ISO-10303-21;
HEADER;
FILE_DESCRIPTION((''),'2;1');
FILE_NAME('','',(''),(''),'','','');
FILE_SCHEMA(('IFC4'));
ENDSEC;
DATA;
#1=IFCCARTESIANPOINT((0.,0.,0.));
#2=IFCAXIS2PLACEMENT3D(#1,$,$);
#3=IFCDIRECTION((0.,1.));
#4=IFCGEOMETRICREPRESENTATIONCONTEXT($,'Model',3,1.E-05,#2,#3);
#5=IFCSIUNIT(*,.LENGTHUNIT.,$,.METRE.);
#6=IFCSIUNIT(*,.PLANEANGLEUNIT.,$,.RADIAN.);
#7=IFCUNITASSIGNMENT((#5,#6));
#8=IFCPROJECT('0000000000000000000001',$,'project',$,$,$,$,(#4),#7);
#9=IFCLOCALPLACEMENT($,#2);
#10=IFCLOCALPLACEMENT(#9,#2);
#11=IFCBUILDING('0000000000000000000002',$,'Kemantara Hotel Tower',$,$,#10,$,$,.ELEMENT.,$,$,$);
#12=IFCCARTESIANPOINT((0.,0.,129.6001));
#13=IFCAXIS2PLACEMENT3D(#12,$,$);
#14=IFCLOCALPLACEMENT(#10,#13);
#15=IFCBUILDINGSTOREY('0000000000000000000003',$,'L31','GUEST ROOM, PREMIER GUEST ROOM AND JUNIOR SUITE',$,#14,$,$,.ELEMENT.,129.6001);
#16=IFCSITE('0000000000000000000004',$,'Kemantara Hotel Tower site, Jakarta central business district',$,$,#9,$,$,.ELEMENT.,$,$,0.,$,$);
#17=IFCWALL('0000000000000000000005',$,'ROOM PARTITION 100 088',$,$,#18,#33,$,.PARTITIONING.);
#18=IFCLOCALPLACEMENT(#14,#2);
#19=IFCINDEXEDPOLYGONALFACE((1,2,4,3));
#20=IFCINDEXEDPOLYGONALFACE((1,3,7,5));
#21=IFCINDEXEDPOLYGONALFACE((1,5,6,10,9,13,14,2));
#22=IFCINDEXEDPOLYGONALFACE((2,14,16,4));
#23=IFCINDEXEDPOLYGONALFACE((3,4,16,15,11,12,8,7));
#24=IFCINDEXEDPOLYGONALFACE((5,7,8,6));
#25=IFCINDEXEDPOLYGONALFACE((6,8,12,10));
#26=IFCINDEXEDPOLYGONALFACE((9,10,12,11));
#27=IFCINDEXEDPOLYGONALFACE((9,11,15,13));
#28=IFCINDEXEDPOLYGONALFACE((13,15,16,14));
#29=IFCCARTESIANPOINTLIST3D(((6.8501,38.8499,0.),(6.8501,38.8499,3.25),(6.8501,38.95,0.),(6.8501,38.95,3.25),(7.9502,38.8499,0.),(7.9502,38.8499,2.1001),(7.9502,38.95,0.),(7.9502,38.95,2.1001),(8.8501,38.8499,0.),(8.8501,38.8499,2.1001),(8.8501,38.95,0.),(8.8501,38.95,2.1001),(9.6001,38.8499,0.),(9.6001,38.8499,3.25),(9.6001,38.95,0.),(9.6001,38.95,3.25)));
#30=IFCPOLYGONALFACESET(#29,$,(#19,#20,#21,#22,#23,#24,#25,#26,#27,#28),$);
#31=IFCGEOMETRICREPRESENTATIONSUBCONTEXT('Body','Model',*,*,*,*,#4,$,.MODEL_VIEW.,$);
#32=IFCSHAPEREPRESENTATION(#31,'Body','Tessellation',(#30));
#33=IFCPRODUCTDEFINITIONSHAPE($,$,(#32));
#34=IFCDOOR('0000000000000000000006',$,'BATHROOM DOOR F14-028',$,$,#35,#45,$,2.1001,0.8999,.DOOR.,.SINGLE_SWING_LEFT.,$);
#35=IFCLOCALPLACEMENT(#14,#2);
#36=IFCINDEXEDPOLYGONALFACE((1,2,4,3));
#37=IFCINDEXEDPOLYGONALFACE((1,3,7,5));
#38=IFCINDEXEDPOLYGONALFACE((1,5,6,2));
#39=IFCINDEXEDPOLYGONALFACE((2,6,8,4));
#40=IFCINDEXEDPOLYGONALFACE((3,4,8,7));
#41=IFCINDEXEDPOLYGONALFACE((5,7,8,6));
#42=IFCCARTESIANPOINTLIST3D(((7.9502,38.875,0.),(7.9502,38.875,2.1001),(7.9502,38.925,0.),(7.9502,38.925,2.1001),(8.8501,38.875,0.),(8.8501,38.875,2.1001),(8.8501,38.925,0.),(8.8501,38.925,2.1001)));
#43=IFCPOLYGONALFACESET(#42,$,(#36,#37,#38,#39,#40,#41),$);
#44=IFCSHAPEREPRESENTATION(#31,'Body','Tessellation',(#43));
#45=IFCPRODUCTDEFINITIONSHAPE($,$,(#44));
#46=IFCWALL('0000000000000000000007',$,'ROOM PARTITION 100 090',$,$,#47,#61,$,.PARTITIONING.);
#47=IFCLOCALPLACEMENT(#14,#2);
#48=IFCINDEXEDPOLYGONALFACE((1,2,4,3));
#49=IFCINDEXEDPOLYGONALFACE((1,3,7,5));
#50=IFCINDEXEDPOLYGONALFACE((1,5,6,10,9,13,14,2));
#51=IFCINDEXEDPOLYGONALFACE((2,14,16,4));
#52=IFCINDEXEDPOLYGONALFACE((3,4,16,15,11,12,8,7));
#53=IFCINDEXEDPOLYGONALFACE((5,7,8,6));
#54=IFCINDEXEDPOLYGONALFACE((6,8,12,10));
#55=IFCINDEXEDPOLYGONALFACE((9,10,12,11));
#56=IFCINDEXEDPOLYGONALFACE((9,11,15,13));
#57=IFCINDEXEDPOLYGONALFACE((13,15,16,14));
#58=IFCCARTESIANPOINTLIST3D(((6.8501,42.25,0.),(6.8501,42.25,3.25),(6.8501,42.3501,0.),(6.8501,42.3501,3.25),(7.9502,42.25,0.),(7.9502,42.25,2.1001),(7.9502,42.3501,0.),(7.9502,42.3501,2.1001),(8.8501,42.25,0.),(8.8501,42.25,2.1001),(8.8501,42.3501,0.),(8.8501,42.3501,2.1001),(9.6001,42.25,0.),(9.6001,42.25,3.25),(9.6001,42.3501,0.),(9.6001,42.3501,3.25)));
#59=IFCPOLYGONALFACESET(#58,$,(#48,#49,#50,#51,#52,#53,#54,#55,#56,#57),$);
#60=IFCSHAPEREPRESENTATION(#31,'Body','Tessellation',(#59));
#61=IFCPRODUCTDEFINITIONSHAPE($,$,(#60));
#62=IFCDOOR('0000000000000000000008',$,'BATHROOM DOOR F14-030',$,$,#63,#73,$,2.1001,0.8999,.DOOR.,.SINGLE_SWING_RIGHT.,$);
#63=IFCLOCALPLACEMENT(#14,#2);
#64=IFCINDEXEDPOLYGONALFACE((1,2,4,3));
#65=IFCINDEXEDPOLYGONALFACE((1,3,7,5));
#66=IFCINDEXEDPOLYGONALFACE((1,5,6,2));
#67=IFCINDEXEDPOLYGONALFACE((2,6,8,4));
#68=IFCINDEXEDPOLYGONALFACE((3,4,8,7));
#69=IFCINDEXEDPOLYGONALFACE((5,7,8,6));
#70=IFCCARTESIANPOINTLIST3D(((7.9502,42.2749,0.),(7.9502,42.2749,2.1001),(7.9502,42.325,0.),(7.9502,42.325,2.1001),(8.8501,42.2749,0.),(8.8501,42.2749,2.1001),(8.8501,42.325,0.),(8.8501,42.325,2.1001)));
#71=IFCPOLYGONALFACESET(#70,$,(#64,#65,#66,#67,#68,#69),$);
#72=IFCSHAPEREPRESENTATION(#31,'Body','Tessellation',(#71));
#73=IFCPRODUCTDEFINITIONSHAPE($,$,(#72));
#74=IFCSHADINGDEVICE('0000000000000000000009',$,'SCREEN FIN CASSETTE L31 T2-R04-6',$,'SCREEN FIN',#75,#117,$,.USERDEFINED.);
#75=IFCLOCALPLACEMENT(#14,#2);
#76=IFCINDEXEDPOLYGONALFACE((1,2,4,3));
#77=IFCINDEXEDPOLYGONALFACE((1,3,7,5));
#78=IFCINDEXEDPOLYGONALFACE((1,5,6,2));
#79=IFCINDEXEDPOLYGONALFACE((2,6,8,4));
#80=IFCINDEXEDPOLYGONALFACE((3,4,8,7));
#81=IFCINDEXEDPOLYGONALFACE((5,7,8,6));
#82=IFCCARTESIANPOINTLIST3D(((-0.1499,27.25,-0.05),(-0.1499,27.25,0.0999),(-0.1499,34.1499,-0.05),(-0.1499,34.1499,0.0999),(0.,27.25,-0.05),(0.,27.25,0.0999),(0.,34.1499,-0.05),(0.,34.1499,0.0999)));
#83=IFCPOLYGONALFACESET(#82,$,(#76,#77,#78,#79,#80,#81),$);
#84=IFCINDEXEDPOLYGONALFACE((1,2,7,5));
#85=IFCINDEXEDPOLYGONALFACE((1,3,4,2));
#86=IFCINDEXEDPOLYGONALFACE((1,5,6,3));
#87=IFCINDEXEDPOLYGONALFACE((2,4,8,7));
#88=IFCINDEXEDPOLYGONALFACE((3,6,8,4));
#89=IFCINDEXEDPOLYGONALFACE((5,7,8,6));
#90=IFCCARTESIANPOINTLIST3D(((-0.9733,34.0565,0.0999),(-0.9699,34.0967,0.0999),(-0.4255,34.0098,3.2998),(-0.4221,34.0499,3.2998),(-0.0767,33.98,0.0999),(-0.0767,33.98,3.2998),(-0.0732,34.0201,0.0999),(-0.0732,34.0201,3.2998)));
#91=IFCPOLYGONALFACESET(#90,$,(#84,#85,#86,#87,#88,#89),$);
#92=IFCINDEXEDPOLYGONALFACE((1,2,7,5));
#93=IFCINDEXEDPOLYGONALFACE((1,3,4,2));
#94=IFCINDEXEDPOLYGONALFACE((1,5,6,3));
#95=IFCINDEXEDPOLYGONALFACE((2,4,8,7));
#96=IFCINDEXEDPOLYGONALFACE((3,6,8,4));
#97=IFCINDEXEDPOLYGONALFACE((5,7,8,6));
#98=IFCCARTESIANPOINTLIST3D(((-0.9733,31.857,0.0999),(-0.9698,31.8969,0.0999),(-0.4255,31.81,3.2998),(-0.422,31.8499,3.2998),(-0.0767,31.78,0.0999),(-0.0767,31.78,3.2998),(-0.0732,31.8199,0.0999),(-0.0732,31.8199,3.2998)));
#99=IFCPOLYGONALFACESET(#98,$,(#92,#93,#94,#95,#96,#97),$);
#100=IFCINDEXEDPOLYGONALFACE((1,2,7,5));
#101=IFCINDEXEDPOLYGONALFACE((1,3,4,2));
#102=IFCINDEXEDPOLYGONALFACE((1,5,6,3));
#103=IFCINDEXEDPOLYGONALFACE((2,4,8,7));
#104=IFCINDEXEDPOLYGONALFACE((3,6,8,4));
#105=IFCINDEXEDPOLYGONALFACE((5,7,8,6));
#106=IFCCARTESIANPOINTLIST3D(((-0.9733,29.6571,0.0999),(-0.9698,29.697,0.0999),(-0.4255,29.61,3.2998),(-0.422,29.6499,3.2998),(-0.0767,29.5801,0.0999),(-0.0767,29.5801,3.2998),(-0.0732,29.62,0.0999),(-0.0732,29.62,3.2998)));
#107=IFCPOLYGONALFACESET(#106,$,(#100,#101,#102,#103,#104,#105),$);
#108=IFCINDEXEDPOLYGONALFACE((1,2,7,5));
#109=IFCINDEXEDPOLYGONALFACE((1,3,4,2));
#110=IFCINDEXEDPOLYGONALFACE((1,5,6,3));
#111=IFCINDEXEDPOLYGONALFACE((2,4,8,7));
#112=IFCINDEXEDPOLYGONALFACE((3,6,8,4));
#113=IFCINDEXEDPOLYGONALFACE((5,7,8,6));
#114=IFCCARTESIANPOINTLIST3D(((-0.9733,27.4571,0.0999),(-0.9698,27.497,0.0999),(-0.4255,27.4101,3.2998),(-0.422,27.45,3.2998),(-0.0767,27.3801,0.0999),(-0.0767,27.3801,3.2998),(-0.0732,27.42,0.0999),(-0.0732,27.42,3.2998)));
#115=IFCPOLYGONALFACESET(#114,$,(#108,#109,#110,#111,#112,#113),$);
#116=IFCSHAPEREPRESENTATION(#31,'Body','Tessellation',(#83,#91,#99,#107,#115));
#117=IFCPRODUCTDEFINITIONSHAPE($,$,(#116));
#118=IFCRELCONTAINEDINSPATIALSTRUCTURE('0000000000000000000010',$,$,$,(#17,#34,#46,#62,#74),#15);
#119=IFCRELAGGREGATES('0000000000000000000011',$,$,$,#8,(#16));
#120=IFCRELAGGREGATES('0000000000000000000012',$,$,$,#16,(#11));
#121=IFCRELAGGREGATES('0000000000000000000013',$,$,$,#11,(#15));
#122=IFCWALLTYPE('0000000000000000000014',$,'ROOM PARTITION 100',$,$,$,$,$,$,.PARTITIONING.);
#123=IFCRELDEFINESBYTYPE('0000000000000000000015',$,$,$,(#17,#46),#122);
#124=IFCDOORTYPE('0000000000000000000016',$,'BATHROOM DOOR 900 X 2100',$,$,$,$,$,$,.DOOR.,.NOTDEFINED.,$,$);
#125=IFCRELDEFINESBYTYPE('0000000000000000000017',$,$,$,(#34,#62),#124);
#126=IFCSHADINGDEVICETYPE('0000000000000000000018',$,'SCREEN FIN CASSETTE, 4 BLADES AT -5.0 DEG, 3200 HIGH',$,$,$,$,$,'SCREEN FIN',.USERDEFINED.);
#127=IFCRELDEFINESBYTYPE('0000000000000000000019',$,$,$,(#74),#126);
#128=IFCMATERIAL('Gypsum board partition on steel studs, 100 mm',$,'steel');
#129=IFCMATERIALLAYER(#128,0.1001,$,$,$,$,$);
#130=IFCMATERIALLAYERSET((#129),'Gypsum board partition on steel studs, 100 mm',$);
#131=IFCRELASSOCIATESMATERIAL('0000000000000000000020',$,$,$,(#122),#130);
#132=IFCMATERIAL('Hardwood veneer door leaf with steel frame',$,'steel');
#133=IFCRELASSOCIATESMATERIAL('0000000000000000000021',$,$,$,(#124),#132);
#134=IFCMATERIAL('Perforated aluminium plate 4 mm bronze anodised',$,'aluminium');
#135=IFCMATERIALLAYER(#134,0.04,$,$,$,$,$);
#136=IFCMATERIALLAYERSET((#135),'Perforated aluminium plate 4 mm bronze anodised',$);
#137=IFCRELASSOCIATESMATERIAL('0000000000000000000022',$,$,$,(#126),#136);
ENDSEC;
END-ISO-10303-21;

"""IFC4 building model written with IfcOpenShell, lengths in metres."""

from ifc_helpers import new_model, si_unit, direction, frame, frame_2d, origin, origin_2d, place, context, subcontext, project, spatial, polyline, rectangle, outline, extrude, source, transform, mapped, material, layer, layer_set, type_object, element, fill, save


model = new_model("IFC4")

# Units and contexts
model_context = context("Model", 3, precision=1e-05, world=origin(), true_north=direction((0.0, 1.0)))
body_context = subcontext(model_context, "Body", "Model", "MODEL_VIEW")
ifc_project = project(units=[si_unit("LENGTHUNIT", "METRE"), si_unit("PLANEANGLEUNIT", "RADIAN")], contexts=[model_context])

# Site, building, storey
site_placement = place(None, origin())
site = spatial("IfcSite", under=ifc_project, at=site_placement, Name="Kemantara Hotel Tower site, Jakarta central business district", CompositionType="ELEMENT", RefElevation=0.0)
building_placement = place(site_placement, origin())
building = spatial("IfcBuilding", under=site, at=building_placement, Name="Kemantara Hotel Tower", CompositionType="ELEMENT")
storey_placement = place(building_placement, frame((0.0, 0.0, 129.6001)))
storey = spatial("IfcBuildingStorey", under=building, at=storey_placement, Name="L31", Description="GUEST ROOM, PREMIER GUEST ROOM AND JUNIOR SUITE", CompositionType="ELEMENT", Elevation=129.6001)

# Shared definitions
ifc_material_1 = material(Name="Hardwood veneer door leaf with steel frame", Category="steel")

# Shared definitions
ifc_material_2 = material(Name="Gypsum board partition on steel studs, 100 mm", Category="steel")
ifc_layer_1 = layer(ifc_material_2, 0.1001)
ifc_layer_set_1 = layer_set([ifc_layer_1], Name="Gypsum board partition on steel studs, 100 mm")
wall_type_1 = type_object("IfcWallType", Name="ROOM PARTITION 100", PredefinedType="PARTITIONING", material=ifc_layer_set_1)

# Walls, openings, doors
wall_1_placement = place(storey_placement, frame((9.6001, 38.8999, 0.0), z_axis=(0.0, 0.0, 1.0), x_axis=(-1.0, 0.0, 0.0)))
wall_1 = element("IfcWall", 1, at=wall_1_placement, inside=storey, type_object=wall_type_1, Name="ROOM PARTITION 100 088", PredefinedType="PARTITIONING", context=body_context, shape_type="SweptSolid", body=[
    extrude(rectangle(XDim=2.75, YDim=0.1001, at=frame_2d((1.375, 0.0))), origin(), (0.0, 0.0, 1.0), 3.25),
])
opening_1_placement = place(wall_1_placement, frame((0.75, 0.0, 0.0)))
opening_1 = element("IfcOpeningElement", 2, at=opening_1_placement, cuts=wall_1, PredefinedType="OPENING", context=body_context, shape_type="SweptSolid", body=[
    extrude(rectangle(XDim=0.8999, YDim=2.1001, at=frame_2d((0.45, 1.05))), frame((0.0, 0.0601, 0.0), z_axis=(0.0, -1.0, 0.0), x_axis=(1.0, 0.0, 0.0)), (0.0, 0.0, 1.0), 0.1201),
])
door_type_1 = type_object("IfcDoorType", Name="BATHROOM DOOR 900 X 2100", OperationType="NOTDEFINED", PredefinedType="DOOR", material=ifc_material_1)
door_1_placement = place(opening_1_placement, origin())
door_1 = element("IfcDoor", 3, at=door_1_placement, inside=storey, type_object=door_type_1, Name="BATHROOM DOOR F14-028", OperationType="SINGLE_SWING_LEFT", OverallHeight=2.1001, OverallWidth=0.8999, PredefinedType="DOOR", context=body_context, shape_type="SweptSolid", body=[
    extrude(rectangle(XDim=0.8999, YDim=2.1001, at=frame_2d((0.45, 1.05))), frame((0.0, 0.0249, 0.0), z_axis=(0.0, -1.0, 0.0), x_axis=(1.0, 0.0, 0.0)), (0.0, 0.0, 1.0), 0.05),
])
fill(opening_1, door_1)
wall_2_placement = place(storey_placement, frame((6.8501, 42.3, 0.0), z_axis=(0.0, 0.0, 1.0), x_axis=(1.0, 0.0, 0.0)))
wall_2 = element("IfcWall", 4, at=wall_2_placement, inside=storey, type_object=wall_type_1, Name="ROOM PARTITION 100 090", PredefinedType="PARTITIONING", context=body_context, shape_type="SweptSolid", body=[
    extrude(rectangle(XDim=2.75, YDim=0.1001, at=frame_2d((1.375, 0.0))), origin(), (0.0, 0.0, 1.0), 3.25),
])
opening_2_placement = place(wall_2_placement, frame((1.1001, 0.0, 0.0)))
opening_2 = element("IfcOpeningElement", 5, at=opening_2_placement, cuts=wall_2, PredefinedType="OPENING", context=body_context, shape_type="SweptSolid", body=[
    extrude(rectangle(XDim=0.8999, YDim=2.1001, at=frame_2d((0.45, 1.05))), frame((0.0, 0.0601, 0.0), z_axis=(0.0, -1.0, 0.0), x_axis=(1.0, 0.0, 0.0)), (0.0, 0.0, 1.0), 0.1201),
])
door_2_placement = place(opening_2_placement, origin())
door_2 = element("IfcDoor", 6, at=door_2_placement, inside=storey, type_object=door_type_1, Name="BATHROOM DOOR F14-030", OperationType="SINGLE_SWING_RIGHT", OverallHeight=2.1001, OverallWidth=0.8999, PredefinedType="DOOR", context=body_context, shape_type="SweptSolid", body=[
    extrude(rectangle(XDim=0.8999, YDim=2.1001, at=frame_2d((0.45, 1.05))), frame((0.0, 0.0249, 0.0), z_axis=(0.0, -1.0, 0.0), x_axis=(1.0, 0.0, 0.0)), (0.0, 0.0, 1.0), 0.05),
])
fill(opening_2, door_2)

# Shading device
ifc_material_3 = material(Name="Perforated aluminium plate 4 mm bronze anodised", Category="aluminium")
ifc_layer_2 = layer(ifc_material_3, 0.04)
ifc_layer_set_2 = layer_set([ifc_layer_2], Name="Perforated aluminium plate 4 mm bronze anodised")
shading_device_type = type_object("IfcShadingDeviceType", Name="SCREEN FIN CASSETTE, 4 BLADES AT -5.0 DEG, 3200 HIGH", ElementType="SCREEN FIN", PredefinedType="USERDEFINED", material=ifc_layer_set_2)
shared_shape = source(origin(), body_context, "Body", "SweptSolid", [
    extrude(rectangle(XDim=6.8999, YDim=0.1499, at=origin_2d()), frame((3.3, -0.075, -0.1499), z_axis=(0.0, 0.0, 1.0), x_axis=(1.0, 0.0, 0.0)), (0.0, 0.0, 1.0), 0.1499),
    extrude(outline(polyline([(0.0, 0.0), (0.8999, 0.0), (0.3501, 3.2), (0.0, 3.2), (0.0, 0.0)])), frame((0.02, -0.0767, 0.0), z_axis=(-0.996376, 0.085056, 0.0), x_axis=(-0.085056, -0.996376, 0.0)), (0.0, 0.0, 1.0), 0.0403),
    extrude(outline(polyline([(0.0, 0.0), (0.8999, 0.0), (0.3501, 3.2), (0.0, 3.2), (0.0, 0.0)])), frame((2.22, -0.0767, 0.0), z_axis=(-0.996332, 0.085575, 0.0), x_axis=(-0.085575, -0.996332, 0.0)), (0.0, 0.0, 1.0), 0.04),
    extrude(outline(polyline([(0.0, 0.0), (0.8999, 0.0), (0.3501, 3.2), (0.0, 3.2), (0.0, 0.0)])), frame((4.4199, -0.0767, 0.0), z_axis=(-0.996332, 0.085575, 0.0), x_axis=(-0.085575, -0.996332, 0.0)), (0.0, 0.0, 1.0), 0.04),
    extrude(outline(polyline([(0.0, 0.0), (0.8999, 0.0), (0.3501, 3.2), (0.0, 3.2), (0.0, 0.0)])), frame((6.6199, -0.0767, 0.0), z_axis=(-0.996332, 0.085575, 0.0), x_axis=(-0.085575, -0.996332, 0.0)), (0.0, 0.0, 1.0), 0.04),
])
shading_device_placement = place(storey_placement, frame((0.0, 34.0, 0.0999), z_axis=(0.0, 0.0, 1.0), x_axis=(0.0, -1.0, 0.0)))
element("IfcShadingDevice", 7, at=shading_device_placement, inside=storey, type_object=shading_device_type, Name="SCREEN FIN CASSETTE L31 T2-R04-6", ObjectType="SCREEN FIN", PredefinedType="USERDEFINED", context=body_context, shape_type="MappedRepresentation", body=[
    mapped(shared_shape, transform((0.0, 0.0, 0.0))),
])

save(model, "model.ifc")
